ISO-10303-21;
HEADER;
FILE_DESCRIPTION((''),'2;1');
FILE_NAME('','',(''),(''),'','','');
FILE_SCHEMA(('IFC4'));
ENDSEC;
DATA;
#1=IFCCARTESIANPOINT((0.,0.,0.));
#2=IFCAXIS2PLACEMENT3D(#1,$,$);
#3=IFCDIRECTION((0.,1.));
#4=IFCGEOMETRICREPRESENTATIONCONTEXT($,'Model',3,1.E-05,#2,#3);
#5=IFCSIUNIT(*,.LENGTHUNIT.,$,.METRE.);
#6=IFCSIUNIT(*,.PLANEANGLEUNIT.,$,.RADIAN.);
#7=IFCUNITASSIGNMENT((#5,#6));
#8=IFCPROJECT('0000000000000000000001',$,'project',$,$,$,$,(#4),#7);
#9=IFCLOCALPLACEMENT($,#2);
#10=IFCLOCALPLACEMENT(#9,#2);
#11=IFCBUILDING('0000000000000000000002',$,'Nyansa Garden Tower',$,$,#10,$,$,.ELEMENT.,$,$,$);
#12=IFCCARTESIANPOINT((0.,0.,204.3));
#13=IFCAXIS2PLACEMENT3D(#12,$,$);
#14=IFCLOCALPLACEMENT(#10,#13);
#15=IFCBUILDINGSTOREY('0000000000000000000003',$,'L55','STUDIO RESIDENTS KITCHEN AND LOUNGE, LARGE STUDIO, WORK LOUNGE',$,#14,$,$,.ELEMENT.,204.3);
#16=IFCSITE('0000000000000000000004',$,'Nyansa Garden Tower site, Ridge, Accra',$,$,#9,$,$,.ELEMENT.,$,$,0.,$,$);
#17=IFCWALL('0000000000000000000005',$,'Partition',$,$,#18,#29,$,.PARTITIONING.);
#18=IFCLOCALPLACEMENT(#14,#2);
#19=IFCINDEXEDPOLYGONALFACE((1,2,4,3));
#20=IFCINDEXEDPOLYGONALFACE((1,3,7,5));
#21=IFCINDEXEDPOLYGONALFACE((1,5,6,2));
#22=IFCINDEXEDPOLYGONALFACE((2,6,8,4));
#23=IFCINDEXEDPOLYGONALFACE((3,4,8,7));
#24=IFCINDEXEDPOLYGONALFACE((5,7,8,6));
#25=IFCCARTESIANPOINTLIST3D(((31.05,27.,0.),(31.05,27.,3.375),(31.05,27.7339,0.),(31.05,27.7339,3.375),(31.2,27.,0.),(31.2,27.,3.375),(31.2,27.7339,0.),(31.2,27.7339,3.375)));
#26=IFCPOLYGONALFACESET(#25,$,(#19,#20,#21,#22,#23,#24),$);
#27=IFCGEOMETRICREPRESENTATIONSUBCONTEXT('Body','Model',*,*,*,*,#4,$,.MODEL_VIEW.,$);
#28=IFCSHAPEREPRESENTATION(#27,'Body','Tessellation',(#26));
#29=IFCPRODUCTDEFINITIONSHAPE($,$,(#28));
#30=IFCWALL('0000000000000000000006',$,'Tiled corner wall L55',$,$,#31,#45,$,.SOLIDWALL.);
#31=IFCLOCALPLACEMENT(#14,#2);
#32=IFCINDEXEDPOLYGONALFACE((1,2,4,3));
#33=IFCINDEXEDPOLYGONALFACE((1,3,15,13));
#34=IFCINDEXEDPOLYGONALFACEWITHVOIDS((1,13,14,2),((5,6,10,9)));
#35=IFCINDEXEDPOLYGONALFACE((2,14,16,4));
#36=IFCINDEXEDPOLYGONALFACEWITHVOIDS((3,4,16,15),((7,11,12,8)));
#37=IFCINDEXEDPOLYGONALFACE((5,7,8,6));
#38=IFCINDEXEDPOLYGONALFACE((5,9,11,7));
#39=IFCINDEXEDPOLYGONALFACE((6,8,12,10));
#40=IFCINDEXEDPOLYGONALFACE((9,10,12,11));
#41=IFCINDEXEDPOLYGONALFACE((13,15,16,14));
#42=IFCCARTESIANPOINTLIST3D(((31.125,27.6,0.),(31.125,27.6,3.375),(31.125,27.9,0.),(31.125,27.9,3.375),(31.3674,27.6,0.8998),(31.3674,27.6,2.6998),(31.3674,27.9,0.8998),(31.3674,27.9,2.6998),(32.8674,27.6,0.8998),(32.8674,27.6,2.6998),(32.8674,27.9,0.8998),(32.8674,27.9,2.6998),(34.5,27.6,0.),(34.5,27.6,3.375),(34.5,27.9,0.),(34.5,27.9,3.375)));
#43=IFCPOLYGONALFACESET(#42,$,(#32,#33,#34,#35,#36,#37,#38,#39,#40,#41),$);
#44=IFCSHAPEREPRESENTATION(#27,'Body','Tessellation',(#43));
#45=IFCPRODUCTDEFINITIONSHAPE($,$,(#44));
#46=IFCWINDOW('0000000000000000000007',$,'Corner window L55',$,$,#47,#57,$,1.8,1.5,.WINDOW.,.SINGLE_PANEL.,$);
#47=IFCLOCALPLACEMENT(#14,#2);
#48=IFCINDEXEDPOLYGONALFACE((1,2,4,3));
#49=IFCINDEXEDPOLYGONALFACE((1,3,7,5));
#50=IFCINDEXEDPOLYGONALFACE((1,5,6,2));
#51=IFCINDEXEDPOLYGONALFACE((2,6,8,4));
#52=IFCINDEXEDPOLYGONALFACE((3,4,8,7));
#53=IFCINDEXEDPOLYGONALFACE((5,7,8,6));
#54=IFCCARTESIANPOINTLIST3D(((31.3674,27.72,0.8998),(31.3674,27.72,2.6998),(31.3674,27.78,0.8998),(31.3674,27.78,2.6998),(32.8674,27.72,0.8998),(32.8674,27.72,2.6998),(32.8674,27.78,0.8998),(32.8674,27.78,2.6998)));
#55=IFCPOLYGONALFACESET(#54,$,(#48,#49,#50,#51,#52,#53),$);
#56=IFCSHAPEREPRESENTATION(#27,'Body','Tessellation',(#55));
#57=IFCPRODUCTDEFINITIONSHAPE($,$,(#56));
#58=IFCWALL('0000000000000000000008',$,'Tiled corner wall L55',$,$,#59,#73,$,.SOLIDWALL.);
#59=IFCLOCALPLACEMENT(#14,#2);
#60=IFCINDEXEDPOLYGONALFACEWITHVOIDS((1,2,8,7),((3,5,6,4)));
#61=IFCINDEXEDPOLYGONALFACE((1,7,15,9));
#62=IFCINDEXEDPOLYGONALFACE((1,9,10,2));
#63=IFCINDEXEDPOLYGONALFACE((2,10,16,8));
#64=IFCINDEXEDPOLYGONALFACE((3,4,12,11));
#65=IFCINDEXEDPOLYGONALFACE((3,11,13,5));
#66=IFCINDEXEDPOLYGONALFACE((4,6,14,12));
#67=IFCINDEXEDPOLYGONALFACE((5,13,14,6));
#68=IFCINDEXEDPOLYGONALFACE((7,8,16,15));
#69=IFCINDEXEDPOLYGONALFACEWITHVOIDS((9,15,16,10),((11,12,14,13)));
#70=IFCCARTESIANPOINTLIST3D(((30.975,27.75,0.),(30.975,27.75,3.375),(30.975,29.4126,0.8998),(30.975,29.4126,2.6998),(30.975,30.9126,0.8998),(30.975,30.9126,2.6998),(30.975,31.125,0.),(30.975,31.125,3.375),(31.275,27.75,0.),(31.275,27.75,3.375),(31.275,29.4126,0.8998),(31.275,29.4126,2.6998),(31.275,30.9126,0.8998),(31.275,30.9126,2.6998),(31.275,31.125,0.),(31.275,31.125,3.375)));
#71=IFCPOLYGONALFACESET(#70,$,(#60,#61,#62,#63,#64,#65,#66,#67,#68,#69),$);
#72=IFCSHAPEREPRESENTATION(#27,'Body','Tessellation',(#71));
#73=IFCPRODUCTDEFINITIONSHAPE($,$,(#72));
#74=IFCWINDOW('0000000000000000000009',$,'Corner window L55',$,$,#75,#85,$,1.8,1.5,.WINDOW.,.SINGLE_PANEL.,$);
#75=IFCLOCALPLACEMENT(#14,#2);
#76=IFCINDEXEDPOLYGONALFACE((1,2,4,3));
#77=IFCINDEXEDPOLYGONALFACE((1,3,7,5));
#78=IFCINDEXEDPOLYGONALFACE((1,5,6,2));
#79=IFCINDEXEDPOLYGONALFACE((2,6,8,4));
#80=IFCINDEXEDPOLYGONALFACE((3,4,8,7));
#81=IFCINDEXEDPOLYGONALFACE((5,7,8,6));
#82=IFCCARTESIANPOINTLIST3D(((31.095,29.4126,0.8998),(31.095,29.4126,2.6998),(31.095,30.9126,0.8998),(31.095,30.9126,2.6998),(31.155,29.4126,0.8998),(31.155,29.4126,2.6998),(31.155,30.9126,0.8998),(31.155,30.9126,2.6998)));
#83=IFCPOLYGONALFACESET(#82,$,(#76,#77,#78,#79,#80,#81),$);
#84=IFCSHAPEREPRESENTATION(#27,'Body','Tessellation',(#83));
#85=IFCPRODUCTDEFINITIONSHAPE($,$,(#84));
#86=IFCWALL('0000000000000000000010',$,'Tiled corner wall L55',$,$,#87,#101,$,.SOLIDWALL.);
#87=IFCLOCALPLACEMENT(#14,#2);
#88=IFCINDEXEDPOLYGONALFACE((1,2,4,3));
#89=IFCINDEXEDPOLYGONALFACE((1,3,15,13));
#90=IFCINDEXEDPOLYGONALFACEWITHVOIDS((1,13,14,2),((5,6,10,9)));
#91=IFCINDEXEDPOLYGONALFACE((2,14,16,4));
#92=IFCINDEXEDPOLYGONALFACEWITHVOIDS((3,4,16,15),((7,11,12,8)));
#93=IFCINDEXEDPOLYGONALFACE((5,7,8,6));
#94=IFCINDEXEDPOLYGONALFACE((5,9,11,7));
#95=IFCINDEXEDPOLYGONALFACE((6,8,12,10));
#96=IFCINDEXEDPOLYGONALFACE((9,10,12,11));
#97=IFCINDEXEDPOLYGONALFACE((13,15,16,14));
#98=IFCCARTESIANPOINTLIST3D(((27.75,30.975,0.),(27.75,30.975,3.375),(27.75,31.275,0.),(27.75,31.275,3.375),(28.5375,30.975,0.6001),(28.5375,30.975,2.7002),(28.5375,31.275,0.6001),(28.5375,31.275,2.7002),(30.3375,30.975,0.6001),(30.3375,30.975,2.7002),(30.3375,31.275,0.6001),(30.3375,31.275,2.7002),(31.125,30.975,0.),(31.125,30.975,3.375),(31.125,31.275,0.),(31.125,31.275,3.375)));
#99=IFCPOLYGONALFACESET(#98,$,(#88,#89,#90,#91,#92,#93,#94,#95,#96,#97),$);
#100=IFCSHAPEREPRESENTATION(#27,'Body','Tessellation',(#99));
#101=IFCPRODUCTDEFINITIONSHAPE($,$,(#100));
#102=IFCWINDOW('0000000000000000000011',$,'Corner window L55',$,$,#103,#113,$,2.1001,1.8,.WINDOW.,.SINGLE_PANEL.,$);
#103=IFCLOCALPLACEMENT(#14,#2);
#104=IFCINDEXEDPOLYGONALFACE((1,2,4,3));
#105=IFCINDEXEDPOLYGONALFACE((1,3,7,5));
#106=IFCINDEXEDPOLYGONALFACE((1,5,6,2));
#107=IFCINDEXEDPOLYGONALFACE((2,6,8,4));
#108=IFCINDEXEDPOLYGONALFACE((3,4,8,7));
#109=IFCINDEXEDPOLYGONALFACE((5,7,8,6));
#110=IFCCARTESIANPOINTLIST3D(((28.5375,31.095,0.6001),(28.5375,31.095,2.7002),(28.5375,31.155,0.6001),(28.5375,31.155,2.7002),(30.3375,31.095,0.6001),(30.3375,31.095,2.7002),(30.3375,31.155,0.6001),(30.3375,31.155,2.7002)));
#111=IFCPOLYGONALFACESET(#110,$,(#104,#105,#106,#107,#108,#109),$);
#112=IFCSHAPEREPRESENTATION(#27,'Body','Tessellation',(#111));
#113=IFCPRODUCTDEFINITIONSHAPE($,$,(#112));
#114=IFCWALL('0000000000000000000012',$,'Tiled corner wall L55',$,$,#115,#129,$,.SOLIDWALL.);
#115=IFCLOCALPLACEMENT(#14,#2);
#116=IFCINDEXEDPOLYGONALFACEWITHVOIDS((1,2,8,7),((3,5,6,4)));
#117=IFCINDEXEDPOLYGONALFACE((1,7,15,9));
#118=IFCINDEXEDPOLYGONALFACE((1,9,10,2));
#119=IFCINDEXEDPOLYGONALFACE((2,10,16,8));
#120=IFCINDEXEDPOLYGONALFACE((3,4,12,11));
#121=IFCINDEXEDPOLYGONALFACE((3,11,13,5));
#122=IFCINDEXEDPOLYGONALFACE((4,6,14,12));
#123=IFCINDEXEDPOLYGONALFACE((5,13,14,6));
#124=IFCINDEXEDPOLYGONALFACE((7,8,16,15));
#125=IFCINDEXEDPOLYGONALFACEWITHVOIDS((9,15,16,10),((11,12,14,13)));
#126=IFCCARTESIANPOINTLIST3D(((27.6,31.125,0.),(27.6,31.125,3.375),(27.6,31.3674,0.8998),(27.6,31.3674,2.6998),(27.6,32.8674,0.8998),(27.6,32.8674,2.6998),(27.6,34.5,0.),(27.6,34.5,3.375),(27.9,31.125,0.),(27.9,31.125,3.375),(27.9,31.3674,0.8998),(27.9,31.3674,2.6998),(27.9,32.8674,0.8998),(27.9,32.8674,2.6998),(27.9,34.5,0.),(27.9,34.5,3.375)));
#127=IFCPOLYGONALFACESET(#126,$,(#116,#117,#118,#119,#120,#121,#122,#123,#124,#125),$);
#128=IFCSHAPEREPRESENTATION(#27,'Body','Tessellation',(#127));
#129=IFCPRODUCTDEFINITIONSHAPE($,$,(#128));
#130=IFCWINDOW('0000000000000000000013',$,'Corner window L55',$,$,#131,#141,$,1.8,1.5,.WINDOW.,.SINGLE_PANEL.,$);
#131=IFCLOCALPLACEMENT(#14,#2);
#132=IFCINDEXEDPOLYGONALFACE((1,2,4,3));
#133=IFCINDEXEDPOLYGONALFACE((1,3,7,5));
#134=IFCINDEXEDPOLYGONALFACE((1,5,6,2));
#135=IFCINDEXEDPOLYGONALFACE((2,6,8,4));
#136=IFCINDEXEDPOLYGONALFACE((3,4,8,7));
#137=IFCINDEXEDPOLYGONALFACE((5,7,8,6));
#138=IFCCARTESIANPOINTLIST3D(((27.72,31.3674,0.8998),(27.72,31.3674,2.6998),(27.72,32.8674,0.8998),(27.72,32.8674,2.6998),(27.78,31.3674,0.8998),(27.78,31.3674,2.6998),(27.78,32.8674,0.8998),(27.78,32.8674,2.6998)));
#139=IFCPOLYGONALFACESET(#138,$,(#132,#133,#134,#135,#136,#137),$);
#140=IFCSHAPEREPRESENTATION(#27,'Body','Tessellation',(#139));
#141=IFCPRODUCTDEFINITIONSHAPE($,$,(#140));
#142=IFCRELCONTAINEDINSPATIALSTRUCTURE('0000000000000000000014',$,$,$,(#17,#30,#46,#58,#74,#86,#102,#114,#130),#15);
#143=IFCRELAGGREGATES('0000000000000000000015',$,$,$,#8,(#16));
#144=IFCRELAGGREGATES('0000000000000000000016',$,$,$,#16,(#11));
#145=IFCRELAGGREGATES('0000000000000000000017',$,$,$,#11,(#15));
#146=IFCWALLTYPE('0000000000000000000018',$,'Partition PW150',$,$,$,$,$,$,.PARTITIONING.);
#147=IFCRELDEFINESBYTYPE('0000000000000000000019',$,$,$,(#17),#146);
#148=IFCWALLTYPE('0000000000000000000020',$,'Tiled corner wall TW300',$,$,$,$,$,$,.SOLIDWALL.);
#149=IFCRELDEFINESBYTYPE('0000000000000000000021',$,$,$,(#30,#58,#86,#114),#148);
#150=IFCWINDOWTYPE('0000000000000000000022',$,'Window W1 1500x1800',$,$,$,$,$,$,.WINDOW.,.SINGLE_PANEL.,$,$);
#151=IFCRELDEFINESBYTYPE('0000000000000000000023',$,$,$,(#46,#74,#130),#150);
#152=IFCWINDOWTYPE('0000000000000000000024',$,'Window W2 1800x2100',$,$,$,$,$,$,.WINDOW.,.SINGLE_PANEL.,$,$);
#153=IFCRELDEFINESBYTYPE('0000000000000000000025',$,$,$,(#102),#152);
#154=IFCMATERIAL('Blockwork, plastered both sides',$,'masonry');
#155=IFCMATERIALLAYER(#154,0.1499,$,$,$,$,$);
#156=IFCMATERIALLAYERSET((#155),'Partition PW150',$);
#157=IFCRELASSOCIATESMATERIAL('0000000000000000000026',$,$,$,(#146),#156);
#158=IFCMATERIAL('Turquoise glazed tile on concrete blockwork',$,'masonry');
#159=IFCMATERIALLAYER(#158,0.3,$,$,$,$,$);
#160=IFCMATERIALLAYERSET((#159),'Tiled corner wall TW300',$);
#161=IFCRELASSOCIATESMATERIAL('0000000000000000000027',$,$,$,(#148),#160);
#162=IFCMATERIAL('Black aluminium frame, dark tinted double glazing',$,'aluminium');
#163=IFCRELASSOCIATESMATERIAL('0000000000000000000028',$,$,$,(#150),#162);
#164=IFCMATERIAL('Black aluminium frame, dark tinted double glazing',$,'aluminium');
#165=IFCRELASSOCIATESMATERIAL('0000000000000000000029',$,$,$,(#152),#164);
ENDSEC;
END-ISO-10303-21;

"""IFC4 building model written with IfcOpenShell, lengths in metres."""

from ifc_helpers import new_model, si_unit, direction, frame, frame_2d, origin, place, context, subcontext, project, spatial, rectangle, extrude, material, layer, layer_set, type_object, element, fill, save


model = new_model("IFC4")

# Units and contexts
model_context = context("Model", 3, precision=1e-05, world=origin(), true_north=direction((0.0, 1.0)))
body_context = subcontext(model_context, "Body", "Model", "MODEL_VIEW")
ifc_project = project(units=[si_unit("LENGTHUNIT", "METRE"), si_unit("PLANEANGLEUNIT", "RADIAN")], contexts=[model_context])

# Site, building, storey
site_placement = place(None, origin())
site = spatial("IfcSite", under=ifc_project, at=site_placement, Name="Nyansa Garden Tower site, Ridge, Accra", CompositionType="ELEMENT", RefElevation=0.0)
building_placement = place(site_placement, origin())
building = spatial("IfcBuilding", under=site, at=building_placement, Name="Nyansa Garden Tower", CompositionType="ELEMENT")
storey_placement = place(building_placement, frame((0.0, 0.0, 204.3)))
storey = spatial("IfcBuildingStorey", under=building, at=storey_placement, Name="L55", Description="STUDIO RESIDENTS KITCHEN AND LOUNGE, LARGE STUDIO, WORK LOUNGE", CompositionType="ELEMENT", Elevation=204.3)

# Wall
ifc_material_1 = material(Name="Blockwork, plastered both sides", Category="masonry")
ifc_layer_1 = layer(ifc_material_1, 0.1499)
ifc_layer_set_1 = layer_set([ifc_layer_1], Name="Partition PW150")
wall_type_1 = type_object("IfcWallType", Name="Partition PW150", PredefinedType="PARTITIONING", material=ifc_layer_set_1)
wall_1_placement = place(storey_placement, frame((31.125, 27.0, 0.0), z_axis=(0.0, 0.0, 1.0), x_axis=(0.0, 1.0, 0.0)))
element("IfcWall", 1, at=wall_1_placement, inside=storey, type_object=wall_type_1, Name="Partition", PredefinedType="PARTITIONING", context=body_context, shape_type="SweptSolid", body=[
    extrude(rectangle(XDim=0.7339, YDim=0.1499, at=frame_2d((0.3669, 0.0))), origin(), (0.0, 0.0, 1.0), 3.375),
])

# Walls, openings, windows
ifc_material_2 = material(Name="Turquoise glazed tile on concrete blockwork", Category="masonry")
ifc_layer_2 = layer(ifc_material_2, 0.3)
ifc_layer_set_2 = layer_set([ifc_layer_2], Name="Tiled corner wall TW300")
wall_type_2 = type_object("IfcWallType", Name="Tiled corner wall TW300", PredefinedType="SOLIDWALL", material=ifc_layer_set_2)
wall_2_placement = place(storey_placement, frame((34.5, 27.75, 0.0), z_axis=(0.0, 0.0, 1.0), x_axis=(-1.0, 0.0, 0.0)))
wall_2 = element("IfcWall", 2, at=wall_2_placement, inside=storey, type_object=wall_type_2, Name="Tiled corner wall L55", PredefinedType="SOLIDWALL", context=body_context, shape_type="SweptSolid", body=[
    extrude(rectangle(XDim=3.375, YDim=0.3, at=frame_2d((1.6875, 0.0))), origin(), (0.0, 0.0, 1.0), 3.375),
])
opening_1_placement = place(wall_2_placement, frame((1.6326, 0.0, 0.8999)))
opening_1 = element("IfcOpeningElement", 3, at=opening_1_placement, cuts=wall_2, PredefinedType="OPENING", context=body_context, shape_type="SweptSolid", body=[
    extrude(rectangle(XDim=1.5, YDim=1.8, at=frame_2d((0.75, 0.8999))), frame((0.0, 0.1599, 0.0), z_axis=(0.0, -1.0, 0.0), x_axis=(1.0, 0.0, 0.0)), (0.0, 0.0, 1.0), 0.3201),
])
ifc_material_3 = material(Name="Black aluminium frame, dark tinted double glazing", Category="aluminium")
window_type_1 = type_object("IfcWindowType", Name="Window W1 1500x1800", PartitioningType="SINGLE_PANEL", PredefinedType="WINDOW", material=ifc_material_3)
window_1_placement = place(opening_1_placement, origin())
window_1 = element("IfcWindow", 4, at=window_1_placement, inside=storey, type_object=window_type_1, Name="Corner window L55", OverallHeight=1.8, OverallWidth=1.5, PartitioningType="SINGLE_PANEL", PredefinedType="WINDOW", context=body_context, shape_type="SweptSolid", body=[
    extrude(rectangle(XDim=1.5, YDim=1.8, at=frame_2d((0.75, 0.8999))), frame((0.0, 0.03, 0.0), z_axis=(0.0, -1.0, 0.0), x_axis=(1.0, 0.0, 0.0)), (0.0, 0.0, 1.0), 0.0601),
])
fill(opening_1, window_1)
wall_3_placement = place(storey_placement, frame((31.125, 27.75, 0.0), z_axis=(0.0, 0.0, 1.0), x_axis=(0.0, 1.0, 0.0)))
wall_3 = element("IfcWall", 5, at=wall_3_placement, inside=storey, type_object=wall_type_2, Name="Tiled corner wall L55", PredefinedType="SOLIDWALL", context=body_context, shape_type="SweptSolid", body=[
    extrude(rectangle(XDim=3.375, YDim=0.3, at=frame_2d((1.6875, 0.0))), origin(), (0.0, 0.0, 1.0), 3.375),
])
opening_2_placement = place(wall_3_placement, frame((1.6626, 0.0, 0.8999)))
opening_2 = element("IfcOpeningElement", 6, at=opening_2_placement, cuts=wall_3, PredefinedType="OPENING", context=body_context, shape_type="SweptSolid", body=[
    extrude(rectangle(XDim=1.5, YDim=1.8, at=frame_2d((0.75, 0.8999))), frame((0.0, 0.1599, 0.0), z_axis=(0.0, -1.0, 0.0), x_axis=(1.0, 0.0, 0.0)), (0.0, 0.0, 1.0), 0.3201),
])
window_2_placement = place(opening_2_placement, origin())
window_2 = element("IfcWindow", 7, at=window_2_placement, inside=storey, type_object=window_type_1, Name="Corner window L55", OverallHeight=1.8, OverallWidth=1.5, PartitioningType="SINGLE_PANEL", PredefinedType="WINDOW", context=body_context, shape_type="SweptSolid", body=[
    extrude(rectangle(XDim=1.5, YDim=1.8, at=frame_2d((0.75, 0.8999))), frame((0.0, 0.03, 0.0), z_axis=(0.0, -1.0, 0.0), x_axis=(1.0, 0.0, 0.0)), (0.0, 0.0, 1.0), 0.0601),
])
fill(opening_2, window_2)
wall_4_placement = place(storey_placement, frame((31.125, 31.125, 0.0), z_axis=(0.0, 0.0, 1.0), x_axis=(-1.0, 0.0, 0.0)))
wall_4 = element("IfcWall", 8, at=wall_4_placement, inside=storey, type_object=wall_type_2, Name="Tiled corner wall L55", PredefinedType="SOLIDWALL", context=body_context, shape_type="SweptSolid", body=[
    extrude(rectangle(XDim=3.375, YDim=0.3, at=frame_2d((1.6875, 0.0))), origin(), (0.0, 0.0, 1.0), 3.375),
])
opening_3_placement = place(wall_4_placement, frame((0.7876, 0.0, 0.6001)))
opening_3 = element("IfcOpeningElement", 9, at=opening_3_placement, cuts=wall_4, PredefinedType="OPENING", context=body_context, shape_type="SweptSolid", body=[
    extrude(rectangle(XDim=1.8, YDim=2.1001, at=frame_2d((0.8999, 1.05))), frame((0.0, 0.1599, 0.0), z_axis=(0.0, -1.0, 0.0), x_axis=(1.0, 0.0, 0.0)), (0.0, 0.0, 1.0), 0.3201),
])
ifc_material_4 = material(Name="Black aluminium frame, dark tinted double glazing", Category="aluminium")
window_type_2 = type_object("IfcWindowType", Name="Window W2 1800x2100", PartitioningType="SINGLE_PANEL", PredefinedType="WINDOW", material=ifc_material_4)
window_3_placement = place(opening_3_placement, origin())
window_3 = element("IfcWindow", 10, at=window_3_placement, inside=storey, type_object=window_type_2, Name="Corner window L55", OverallHeight=2.1001, OverallWidth=1.8, PartitioningType="SINGLE_PANEL", PredefinedType="WINDOW", context=body_context, shape_type="SweptSolid", body=[
    extrude(rectangle(XDim=1.8, YDim=2.1001, at=frame_2d((0.8999, 1.05))), frame((0.0, 0.03, 0.0), z_axis=(0.0, -1.0, 0.0), x_axis=(1.0, 0.0, 0.0)), (0.0, 0.0, 1.0), 0.0601),
])
fill(opening_3, window_3)
wall_5_placement = place(storey_placement, frame((27.75, 31.125, 0.0), z_axis=(0.0, 0.0, 1.0), x_axis=(0.0, 1.0, 0.0)))
wall_5 = element("IfcWall", 11, at=wall_5_placement, inside=storey, type_object=wall_type_2, Name="Tiled corner wall L55", PredefinedType="SOLIDWALL", context=body_context, shape_type="SweptSolid", body=[
    extrude(rectangle(XDim=3.375, YDim=0.3, at=frame_2d((1.6875, 0.0))), origin(), (0.0, 0.0, 1.0), 3.375),
])
opening_4_placement = place(wall_5_placement, frame((0.2424, 0.0, 0.8999)))
opening_4 = element("IfcOpeningElement", 12, at=opening_4_placement, cuts=wall_5, PredefinedType="OPENING", context=body_context, shape_type="SweptSolid", body=[
    extrude(rectangle(XDim=1.5, YDim=1.8, at=frame_2d((0.75, 0.8999))), frame((0.0, 0.1599, 0.0), z_axis=(0.0, -1.0, 0.0), x_axis=(1.0, 0.0, 0.0)), (0.0, 0.0, 1.0), 0.3201),
])
window_4_placement = place(opening_4_placement, origin())
window_4 = element("IfcWindow", 13, at=window_4_placement, inside=storey, type_object=window_type_1, Name="Corner window L55", OverallHeight=1.8, OverallWidth=1.5, PartitioningType="SINGLE_PANEL", PredefinedType="WINDOW", context=body_context, shape_type="SweptSolid", body=[
    extrude(rectangle(XDim=1.5, YDim=1.8, at=frame_2d((0.75, 0.8999))), frame((0.0, 0.03, 0.0), z_axis=(0.0, -1.0, 0.0), x_axis=(1.0, 0.0, 0.0)), (0.0, 0.0, 1.0), 0.0601),
])
fill(opening_4, window_4)

save(model, "model.ifc")
